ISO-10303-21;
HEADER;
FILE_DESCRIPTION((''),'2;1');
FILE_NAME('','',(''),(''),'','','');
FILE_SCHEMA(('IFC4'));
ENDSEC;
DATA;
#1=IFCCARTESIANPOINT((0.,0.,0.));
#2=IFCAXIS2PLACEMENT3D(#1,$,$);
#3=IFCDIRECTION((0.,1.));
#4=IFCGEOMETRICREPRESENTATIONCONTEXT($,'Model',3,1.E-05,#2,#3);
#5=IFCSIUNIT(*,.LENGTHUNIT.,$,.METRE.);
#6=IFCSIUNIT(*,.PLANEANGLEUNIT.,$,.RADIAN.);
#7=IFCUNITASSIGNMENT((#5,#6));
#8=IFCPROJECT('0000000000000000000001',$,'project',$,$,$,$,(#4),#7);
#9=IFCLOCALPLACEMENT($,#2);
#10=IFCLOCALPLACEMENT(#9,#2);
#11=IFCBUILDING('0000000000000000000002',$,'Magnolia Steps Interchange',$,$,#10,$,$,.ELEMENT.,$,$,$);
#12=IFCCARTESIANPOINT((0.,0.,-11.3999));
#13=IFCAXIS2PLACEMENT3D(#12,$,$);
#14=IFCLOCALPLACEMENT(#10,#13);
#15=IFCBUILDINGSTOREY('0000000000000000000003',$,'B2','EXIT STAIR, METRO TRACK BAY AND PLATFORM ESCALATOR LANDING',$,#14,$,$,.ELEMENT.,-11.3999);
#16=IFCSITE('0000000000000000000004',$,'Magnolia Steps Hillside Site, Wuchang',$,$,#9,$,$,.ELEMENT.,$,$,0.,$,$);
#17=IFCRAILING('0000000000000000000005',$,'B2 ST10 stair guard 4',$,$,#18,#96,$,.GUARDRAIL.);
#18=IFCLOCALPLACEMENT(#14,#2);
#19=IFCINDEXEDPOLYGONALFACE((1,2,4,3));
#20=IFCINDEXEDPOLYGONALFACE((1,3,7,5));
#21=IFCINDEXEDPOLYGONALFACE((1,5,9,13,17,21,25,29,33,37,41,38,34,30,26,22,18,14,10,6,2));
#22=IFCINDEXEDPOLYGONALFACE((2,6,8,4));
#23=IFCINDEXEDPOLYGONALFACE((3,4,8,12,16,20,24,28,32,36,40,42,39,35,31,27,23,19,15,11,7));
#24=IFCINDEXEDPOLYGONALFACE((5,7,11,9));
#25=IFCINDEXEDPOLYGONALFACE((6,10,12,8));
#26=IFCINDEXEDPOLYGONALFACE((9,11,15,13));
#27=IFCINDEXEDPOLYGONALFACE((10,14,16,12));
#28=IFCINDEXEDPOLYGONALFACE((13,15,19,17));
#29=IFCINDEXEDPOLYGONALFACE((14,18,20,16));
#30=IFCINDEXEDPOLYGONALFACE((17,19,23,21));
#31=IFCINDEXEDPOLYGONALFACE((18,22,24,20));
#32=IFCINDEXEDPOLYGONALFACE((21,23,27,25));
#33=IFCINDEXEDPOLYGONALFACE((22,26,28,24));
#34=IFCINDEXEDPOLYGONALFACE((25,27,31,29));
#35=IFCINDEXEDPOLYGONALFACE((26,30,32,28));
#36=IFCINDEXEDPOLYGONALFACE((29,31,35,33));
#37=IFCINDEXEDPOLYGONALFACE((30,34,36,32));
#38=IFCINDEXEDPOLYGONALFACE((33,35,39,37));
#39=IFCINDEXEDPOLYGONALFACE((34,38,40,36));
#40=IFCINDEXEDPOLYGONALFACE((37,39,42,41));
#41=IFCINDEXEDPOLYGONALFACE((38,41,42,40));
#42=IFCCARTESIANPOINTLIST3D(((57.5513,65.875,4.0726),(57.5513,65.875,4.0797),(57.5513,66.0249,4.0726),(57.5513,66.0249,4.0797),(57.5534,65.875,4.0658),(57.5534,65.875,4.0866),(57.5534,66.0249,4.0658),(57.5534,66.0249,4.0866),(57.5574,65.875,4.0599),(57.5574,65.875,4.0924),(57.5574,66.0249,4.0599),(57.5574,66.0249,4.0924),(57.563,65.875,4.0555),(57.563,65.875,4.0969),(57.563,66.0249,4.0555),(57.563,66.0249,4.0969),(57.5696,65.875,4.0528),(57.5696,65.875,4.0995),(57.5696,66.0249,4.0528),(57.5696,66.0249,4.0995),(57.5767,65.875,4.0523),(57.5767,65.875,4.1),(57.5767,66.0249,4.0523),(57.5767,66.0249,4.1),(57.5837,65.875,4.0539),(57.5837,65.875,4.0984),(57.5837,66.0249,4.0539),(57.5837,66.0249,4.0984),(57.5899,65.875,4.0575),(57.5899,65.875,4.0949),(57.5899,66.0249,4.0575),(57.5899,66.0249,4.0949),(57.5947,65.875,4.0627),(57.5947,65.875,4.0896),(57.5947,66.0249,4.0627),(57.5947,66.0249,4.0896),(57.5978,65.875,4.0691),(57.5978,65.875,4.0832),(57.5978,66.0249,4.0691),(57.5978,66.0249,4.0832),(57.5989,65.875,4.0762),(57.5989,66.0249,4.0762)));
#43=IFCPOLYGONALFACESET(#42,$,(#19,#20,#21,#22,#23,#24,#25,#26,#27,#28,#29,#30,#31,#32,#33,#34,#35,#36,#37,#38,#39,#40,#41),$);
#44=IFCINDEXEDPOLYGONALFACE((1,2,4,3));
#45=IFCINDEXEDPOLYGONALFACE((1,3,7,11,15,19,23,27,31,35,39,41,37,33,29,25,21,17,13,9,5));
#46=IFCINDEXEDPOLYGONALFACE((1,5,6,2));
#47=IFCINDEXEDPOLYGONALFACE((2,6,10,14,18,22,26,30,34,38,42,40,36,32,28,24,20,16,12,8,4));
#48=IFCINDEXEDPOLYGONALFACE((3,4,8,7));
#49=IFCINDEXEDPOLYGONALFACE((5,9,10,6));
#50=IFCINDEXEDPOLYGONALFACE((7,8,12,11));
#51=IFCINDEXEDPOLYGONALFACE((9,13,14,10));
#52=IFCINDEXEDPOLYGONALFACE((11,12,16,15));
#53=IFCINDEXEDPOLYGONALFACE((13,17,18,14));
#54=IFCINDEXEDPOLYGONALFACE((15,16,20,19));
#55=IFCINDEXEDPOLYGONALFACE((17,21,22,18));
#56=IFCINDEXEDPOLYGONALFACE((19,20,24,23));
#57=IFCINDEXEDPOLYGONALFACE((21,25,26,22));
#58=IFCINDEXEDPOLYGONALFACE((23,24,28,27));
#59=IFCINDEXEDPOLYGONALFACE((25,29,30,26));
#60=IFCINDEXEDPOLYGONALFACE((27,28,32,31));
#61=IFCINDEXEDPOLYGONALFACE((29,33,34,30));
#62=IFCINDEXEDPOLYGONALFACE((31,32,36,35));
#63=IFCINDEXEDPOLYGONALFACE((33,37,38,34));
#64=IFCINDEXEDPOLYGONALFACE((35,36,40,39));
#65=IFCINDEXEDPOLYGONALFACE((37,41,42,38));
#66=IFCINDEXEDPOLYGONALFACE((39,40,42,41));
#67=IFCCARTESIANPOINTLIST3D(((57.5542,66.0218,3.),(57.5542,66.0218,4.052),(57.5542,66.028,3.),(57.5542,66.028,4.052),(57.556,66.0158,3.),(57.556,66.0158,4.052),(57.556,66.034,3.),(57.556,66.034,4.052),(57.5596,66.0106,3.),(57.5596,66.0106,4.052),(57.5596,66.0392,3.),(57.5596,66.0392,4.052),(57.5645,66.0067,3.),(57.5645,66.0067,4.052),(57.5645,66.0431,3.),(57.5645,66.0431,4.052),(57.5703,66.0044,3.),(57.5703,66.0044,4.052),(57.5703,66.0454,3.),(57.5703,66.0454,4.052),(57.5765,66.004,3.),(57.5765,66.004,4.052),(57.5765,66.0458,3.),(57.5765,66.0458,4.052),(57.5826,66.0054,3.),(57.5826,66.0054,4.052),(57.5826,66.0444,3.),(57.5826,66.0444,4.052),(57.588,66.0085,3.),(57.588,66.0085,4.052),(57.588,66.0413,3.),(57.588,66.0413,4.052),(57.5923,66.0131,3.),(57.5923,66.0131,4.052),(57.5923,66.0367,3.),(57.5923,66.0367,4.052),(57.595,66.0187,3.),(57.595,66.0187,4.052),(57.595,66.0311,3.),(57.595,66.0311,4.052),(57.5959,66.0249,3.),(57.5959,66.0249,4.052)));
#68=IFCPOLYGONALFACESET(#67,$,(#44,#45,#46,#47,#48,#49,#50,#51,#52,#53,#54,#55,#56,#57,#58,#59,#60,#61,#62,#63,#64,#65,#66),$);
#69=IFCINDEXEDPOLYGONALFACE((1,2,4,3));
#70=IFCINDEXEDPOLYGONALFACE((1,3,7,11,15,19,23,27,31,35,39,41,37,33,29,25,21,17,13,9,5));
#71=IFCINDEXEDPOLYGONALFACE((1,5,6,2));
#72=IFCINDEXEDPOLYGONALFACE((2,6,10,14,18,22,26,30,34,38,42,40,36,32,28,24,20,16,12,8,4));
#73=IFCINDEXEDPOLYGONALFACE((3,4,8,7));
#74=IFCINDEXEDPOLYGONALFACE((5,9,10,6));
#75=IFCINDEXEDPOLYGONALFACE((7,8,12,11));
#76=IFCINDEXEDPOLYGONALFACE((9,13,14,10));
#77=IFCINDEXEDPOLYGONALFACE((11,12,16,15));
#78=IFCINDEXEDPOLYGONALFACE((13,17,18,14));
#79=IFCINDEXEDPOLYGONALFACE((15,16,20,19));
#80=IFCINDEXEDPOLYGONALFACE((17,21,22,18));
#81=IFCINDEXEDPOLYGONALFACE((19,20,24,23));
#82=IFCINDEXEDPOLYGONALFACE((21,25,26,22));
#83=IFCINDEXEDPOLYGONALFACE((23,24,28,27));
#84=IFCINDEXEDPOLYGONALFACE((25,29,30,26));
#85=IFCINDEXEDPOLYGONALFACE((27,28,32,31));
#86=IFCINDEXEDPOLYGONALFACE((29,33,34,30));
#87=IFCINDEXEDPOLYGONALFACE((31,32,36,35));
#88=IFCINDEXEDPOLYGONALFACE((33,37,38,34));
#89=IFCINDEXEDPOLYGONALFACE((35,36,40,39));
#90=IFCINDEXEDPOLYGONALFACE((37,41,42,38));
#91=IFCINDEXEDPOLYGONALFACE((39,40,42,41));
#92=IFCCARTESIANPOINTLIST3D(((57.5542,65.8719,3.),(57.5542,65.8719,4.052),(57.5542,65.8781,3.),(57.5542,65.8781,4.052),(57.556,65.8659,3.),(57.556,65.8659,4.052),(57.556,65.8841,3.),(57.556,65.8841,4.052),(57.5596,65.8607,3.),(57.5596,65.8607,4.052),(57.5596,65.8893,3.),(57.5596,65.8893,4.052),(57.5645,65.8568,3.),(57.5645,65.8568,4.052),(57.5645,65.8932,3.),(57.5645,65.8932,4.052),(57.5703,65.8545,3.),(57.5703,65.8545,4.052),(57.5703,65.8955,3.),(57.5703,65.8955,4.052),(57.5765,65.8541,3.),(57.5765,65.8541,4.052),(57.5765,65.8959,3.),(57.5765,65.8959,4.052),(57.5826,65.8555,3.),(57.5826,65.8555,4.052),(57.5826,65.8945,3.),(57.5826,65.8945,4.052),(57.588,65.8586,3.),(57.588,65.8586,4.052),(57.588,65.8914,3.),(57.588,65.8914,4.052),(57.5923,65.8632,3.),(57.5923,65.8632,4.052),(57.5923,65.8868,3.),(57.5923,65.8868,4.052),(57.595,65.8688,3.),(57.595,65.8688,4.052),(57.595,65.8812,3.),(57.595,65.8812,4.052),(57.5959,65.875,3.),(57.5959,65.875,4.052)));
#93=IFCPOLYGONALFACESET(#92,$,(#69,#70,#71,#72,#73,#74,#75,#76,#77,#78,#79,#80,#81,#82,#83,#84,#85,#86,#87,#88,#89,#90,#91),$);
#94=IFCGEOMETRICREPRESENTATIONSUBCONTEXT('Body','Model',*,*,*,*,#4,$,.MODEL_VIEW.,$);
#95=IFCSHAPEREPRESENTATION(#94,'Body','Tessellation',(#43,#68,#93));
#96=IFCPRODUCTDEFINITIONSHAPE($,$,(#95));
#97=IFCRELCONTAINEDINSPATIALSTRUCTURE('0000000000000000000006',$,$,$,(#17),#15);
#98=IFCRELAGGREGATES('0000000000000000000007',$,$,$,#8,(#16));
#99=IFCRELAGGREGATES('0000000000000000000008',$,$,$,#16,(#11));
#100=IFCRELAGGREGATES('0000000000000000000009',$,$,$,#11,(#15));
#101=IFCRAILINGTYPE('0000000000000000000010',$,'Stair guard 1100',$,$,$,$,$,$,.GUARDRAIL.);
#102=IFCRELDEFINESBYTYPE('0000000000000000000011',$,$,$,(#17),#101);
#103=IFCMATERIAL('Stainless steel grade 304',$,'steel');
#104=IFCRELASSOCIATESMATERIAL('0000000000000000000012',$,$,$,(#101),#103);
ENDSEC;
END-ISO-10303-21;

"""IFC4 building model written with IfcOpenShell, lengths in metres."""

from ifc_helpers import new_model, si_unit, direction, frame, origin, origin_2d, place, context, subcontext, project, spatial, circle, extrude, material, type_object, element, save


model = new_model("IFC4")

# Units and contexts
model_context = context("Model", 3, precision=1e-05, world=origin(), true_north=direction((0.0, 1.0)))
body_context = subcontext(model_context, "Body", "Model", "MODEL_VIEW")
ifc_project = project(units=[si_unit("LENGTHUNIT", "METRE"), si_unit("PLANEANGLEUNIT", "RADIAN")], contexts=[model_context])

# Site, building, storey
site_placement = place(None, origin())
site = spatial("IfcSite", under=ifc_project, at=site_placement, Name="Magnolia Steps Hillside Site, Wuchang", CompositionType="ELEMENT", RefElevation=0.0)
building_placement = place(site_placement, origin())
building = spatial("IfcBuilding", under=site, at=building_placement, Name="Magnolia Steps Interchange", CompositionType="ELEMENT")
storey_placement = place(building_placement, frame((0.0, 0.0, -11.3999)))
storey = spatial("IfcBuildingStorey", under=building, at=storey_placement, Name="B2", Description="EXIT STAIR, METRO TRACK BAY AND PLATFORM ESCALATOR LANDING", CompositionType="ELEMENT", Elevation=-11.3999)

# Railing
ifc_material_1 = material(Name="Stainless steel grade 304", Category="steel")
railing_type_1 = type_object("IfcRailingType", Name="Stair guard 1100", PredefinedType="GUARDRAIL", material=ifc_material_1)
railing_1_placement = place(storey_placement, frame((57.575, 66.0249, 3.0)))
element("IfcRailing", 1, at=railing_1_placement, inside=storey, type_object=railing_type_1, Name="B2 ST10 stair guard 4", PredefinedType="GUARDRAIL", context=body_context, shape_type="SweptSolid", body=[
    extrude(circle(Radius=0.0239, at=origin_2d()), frame((0.0, 0.0, 1.0762), z_axis=(0.0, -1.0, 0.0), x_axis=(1.0, 0.0, 0.0)), (0.0, 0.0, 1.0), 0.1499),
    extrude(circle(Radius=0.021, at=origin_2d()), origin(), (0.0, 0.0, 1.0), 1.052),
    extrude(circle(Radius=0.021, at=origin_2d()), frame((0.0, -0.1499, 0.0)), (0.0, 0.0, 1.0), 1.052),
])

save(model, "model.ifc")
